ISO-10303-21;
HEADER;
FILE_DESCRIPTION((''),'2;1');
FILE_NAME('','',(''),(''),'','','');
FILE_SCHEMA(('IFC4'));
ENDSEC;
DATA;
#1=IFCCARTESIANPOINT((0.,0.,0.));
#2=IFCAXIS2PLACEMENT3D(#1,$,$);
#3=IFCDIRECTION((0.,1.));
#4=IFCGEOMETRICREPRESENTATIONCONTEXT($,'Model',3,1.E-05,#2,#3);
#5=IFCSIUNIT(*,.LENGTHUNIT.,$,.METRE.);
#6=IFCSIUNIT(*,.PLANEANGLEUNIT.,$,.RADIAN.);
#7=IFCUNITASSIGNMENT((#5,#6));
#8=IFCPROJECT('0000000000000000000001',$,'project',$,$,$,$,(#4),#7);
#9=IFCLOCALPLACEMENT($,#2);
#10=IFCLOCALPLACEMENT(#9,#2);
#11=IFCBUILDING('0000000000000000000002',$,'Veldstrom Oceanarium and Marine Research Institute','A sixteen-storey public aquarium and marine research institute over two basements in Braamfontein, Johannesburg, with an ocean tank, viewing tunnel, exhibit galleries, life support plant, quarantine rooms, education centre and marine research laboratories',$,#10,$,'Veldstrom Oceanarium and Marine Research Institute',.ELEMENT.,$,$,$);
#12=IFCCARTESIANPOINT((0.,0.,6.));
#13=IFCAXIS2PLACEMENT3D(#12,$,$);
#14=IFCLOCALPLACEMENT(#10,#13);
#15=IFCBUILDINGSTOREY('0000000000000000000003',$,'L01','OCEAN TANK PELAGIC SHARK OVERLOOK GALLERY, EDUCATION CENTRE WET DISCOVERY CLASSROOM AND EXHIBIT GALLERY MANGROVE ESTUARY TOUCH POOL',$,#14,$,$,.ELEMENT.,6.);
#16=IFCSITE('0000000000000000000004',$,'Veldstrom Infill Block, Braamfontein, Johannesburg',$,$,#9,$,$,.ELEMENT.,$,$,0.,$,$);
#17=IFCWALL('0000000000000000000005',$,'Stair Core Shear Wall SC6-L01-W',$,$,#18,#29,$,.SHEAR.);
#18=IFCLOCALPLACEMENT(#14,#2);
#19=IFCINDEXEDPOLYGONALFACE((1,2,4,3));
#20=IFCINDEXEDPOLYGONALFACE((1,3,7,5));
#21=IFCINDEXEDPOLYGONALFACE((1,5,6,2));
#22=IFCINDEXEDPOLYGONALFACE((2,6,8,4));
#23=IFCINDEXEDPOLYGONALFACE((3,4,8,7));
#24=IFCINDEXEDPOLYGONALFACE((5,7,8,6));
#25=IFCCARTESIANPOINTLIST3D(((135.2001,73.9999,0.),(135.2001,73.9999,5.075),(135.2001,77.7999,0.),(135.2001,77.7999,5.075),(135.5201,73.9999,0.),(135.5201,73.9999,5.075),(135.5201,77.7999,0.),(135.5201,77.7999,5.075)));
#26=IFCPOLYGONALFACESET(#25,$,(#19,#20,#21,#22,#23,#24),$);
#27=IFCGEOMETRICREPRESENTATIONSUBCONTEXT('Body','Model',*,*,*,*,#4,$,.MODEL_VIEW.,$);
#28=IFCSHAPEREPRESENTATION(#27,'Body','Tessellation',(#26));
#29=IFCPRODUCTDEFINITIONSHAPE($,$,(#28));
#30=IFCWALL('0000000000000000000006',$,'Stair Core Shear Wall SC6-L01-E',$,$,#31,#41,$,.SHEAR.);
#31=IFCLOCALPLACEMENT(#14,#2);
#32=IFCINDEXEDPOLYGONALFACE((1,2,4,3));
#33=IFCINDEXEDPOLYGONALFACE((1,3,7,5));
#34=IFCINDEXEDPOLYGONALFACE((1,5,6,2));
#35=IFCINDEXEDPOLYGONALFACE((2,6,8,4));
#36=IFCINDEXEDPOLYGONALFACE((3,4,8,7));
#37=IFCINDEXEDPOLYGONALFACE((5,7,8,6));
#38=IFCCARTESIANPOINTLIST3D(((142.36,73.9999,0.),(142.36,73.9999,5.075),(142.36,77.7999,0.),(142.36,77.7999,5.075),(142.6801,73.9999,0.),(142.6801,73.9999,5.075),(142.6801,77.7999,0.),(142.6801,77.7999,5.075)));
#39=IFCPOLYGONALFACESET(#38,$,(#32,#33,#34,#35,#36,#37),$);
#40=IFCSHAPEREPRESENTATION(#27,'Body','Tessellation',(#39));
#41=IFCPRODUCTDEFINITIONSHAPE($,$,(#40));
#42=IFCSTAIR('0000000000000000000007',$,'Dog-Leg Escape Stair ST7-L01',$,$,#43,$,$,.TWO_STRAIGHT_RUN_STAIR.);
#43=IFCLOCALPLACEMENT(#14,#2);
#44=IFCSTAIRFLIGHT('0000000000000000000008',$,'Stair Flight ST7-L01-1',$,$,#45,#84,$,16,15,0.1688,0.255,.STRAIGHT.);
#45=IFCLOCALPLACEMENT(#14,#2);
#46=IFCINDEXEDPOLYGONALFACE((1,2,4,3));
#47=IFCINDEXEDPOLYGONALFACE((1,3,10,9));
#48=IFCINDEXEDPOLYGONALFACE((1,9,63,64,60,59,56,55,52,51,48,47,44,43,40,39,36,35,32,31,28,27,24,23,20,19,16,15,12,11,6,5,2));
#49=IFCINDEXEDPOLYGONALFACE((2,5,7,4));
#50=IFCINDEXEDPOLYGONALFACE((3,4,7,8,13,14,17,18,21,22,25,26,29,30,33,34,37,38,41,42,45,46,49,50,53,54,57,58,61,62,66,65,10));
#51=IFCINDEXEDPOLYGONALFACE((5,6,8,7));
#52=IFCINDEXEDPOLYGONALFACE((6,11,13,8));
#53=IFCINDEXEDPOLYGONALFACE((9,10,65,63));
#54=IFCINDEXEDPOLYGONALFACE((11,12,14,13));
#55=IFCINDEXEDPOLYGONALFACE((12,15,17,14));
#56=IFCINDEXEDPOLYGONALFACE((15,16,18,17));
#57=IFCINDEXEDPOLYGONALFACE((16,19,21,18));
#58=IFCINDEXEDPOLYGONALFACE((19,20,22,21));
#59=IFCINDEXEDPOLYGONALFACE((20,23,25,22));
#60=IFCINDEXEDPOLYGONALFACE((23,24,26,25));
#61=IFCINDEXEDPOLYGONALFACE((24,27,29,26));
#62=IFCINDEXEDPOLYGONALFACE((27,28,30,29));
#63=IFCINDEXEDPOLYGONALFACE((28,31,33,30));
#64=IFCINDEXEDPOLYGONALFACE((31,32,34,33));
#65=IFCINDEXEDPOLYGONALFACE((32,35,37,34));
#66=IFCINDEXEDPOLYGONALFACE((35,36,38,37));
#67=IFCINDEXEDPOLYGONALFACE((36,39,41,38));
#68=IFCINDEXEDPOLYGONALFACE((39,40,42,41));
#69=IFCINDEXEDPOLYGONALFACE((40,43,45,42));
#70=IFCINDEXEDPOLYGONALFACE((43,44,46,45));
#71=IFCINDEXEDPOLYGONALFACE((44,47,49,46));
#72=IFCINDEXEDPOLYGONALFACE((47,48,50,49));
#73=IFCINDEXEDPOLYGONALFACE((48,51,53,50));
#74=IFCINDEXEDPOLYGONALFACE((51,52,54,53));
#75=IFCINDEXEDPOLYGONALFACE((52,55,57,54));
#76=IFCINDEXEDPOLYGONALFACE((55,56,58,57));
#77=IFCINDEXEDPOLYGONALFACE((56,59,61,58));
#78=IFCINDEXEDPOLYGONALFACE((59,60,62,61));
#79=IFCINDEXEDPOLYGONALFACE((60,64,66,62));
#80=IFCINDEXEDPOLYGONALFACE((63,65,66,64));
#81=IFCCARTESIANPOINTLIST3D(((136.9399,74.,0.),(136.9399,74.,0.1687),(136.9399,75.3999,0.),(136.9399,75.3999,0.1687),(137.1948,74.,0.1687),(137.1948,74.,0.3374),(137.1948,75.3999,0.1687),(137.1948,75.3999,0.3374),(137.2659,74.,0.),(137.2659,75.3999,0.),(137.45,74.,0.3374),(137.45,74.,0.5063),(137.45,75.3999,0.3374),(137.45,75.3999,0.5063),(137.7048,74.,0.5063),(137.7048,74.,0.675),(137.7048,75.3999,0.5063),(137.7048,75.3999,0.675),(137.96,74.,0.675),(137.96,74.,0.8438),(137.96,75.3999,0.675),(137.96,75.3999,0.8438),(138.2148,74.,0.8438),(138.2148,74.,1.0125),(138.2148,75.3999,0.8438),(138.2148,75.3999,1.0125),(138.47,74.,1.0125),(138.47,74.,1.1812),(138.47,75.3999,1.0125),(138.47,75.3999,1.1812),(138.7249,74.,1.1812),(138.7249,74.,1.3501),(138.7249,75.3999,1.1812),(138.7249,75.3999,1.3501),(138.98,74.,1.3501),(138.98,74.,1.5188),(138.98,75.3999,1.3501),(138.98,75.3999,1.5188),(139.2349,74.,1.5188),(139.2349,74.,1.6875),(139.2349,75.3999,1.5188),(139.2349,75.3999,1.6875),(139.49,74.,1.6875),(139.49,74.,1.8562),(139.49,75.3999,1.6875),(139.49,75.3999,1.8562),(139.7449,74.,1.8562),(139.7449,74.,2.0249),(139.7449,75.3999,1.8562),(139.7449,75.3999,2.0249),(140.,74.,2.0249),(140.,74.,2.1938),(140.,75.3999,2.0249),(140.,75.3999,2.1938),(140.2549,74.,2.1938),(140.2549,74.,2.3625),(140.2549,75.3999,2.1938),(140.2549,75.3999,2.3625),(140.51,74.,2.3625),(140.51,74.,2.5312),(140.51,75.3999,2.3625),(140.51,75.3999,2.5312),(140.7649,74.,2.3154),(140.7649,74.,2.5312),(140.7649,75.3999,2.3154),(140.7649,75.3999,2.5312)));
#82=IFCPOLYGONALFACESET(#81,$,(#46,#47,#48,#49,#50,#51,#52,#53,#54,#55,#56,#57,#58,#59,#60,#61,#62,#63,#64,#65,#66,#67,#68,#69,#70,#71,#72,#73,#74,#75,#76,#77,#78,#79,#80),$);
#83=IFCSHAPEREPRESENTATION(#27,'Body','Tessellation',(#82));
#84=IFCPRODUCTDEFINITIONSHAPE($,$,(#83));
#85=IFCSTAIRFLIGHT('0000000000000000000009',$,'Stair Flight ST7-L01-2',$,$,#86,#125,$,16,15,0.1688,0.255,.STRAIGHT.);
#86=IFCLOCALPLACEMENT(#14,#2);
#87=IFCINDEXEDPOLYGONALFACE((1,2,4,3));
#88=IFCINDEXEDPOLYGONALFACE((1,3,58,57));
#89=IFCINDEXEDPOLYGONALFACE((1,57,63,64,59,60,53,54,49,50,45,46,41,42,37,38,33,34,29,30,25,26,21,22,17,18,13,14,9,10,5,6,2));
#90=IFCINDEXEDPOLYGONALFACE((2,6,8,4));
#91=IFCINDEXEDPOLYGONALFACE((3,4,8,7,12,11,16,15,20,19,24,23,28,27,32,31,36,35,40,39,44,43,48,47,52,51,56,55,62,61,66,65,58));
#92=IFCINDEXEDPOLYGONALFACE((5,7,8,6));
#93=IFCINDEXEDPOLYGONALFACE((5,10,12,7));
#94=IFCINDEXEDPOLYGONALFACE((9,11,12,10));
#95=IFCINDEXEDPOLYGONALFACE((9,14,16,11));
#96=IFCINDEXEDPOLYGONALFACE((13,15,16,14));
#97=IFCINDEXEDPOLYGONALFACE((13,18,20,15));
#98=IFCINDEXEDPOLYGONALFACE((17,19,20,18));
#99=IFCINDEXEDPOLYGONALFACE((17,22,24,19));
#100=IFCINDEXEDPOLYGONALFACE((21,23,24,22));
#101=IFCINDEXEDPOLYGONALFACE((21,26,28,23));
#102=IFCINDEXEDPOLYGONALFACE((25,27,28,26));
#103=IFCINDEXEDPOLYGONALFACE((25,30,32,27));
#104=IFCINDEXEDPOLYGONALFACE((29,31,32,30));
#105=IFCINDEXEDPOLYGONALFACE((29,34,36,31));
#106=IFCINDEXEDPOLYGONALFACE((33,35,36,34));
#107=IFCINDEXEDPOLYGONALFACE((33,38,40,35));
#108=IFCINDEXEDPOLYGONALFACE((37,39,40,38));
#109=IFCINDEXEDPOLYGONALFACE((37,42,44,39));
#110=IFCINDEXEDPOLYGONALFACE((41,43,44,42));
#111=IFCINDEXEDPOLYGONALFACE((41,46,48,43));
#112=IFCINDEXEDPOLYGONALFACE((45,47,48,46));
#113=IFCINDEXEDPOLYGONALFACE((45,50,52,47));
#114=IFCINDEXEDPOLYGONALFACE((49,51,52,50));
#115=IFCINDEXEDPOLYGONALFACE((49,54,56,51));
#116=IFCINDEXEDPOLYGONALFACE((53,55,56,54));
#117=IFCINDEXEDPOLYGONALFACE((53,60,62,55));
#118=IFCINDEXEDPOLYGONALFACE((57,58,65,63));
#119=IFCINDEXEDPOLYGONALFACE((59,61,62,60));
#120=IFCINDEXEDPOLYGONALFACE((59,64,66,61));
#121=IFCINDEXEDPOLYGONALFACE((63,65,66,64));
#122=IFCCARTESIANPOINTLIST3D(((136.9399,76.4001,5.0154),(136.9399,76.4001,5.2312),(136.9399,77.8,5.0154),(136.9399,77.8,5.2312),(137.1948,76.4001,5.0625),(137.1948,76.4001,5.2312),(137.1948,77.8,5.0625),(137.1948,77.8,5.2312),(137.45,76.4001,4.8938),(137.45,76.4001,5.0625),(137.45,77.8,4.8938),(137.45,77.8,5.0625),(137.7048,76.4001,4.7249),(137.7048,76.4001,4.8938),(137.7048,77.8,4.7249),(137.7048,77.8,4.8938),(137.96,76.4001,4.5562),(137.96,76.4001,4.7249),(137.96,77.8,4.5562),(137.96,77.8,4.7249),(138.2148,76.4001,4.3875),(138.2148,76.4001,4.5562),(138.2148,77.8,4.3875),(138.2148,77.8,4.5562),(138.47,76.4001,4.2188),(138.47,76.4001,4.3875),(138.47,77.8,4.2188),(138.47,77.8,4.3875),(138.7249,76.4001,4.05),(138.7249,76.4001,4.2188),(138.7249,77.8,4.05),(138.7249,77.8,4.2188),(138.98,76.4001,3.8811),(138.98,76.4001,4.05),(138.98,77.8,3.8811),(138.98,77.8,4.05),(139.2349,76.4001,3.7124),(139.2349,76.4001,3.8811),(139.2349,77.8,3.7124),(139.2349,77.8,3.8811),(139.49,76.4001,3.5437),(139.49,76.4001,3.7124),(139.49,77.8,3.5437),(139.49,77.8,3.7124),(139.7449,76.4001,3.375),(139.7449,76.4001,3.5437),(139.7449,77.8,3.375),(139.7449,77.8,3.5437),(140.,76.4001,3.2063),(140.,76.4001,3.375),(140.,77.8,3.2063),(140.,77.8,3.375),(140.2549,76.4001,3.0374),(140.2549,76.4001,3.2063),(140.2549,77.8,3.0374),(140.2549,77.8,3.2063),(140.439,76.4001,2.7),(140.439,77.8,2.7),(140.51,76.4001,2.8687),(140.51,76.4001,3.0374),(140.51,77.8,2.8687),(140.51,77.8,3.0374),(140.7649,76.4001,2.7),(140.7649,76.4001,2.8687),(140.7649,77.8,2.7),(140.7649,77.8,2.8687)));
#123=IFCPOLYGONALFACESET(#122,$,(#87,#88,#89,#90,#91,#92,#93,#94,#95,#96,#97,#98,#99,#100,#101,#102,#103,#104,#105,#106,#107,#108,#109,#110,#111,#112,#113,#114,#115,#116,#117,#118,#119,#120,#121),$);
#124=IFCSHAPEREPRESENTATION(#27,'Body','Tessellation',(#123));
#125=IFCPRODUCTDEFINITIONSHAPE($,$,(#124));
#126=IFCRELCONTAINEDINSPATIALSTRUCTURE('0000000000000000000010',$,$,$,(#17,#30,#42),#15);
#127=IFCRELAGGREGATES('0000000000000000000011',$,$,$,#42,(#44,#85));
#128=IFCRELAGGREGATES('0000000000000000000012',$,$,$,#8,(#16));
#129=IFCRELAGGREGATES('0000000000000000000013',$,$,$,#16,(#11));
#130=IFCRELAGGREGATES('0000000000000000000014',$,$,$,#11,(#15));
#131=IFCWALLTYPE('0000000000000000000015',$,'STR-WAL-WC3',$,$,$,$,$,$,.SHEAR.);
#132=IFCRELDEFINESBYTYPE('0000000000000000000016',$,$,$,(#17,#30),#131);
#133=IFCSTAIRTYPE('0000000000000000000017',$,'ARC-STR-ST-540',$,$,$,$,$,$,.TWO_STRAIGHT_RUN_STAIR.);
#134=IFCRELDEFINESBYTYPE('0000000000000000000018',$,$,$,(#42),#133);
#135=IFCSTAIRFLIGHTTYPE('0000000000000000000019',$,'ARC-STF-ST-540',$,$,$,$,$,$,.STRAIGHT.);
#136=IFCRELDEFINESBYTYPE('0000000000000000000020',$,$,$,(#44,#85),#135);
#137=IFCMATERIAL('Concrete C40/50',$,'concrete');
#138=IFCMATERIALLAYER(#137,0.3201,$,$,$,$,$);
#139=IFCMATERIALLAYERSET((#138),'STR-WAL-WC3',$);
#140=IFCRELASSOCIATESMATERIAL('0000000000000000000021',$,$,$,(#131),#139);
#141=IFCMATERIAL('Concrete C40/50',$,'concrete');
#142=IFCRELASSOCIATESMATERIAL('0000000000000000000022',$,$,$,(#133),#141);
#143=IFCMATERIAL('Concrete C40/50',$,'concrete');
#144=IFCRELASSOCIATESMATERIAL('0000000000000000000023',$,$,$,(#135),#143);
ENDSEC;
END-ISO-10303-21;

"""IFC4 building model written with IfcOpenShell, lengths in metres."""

from ifc_helpers import new_model, si_unit, direction, frame, frame_2d, origin, place, context, subcontext, project, spatial, polyline, rectangle, outline, extrude, material, layer, layer_set, type_object, element, aggregate, save


model = new_model("IFC4")

# Units and contexts
model_context = context("Model", 3, precision=1e-05, world=origin(), true_north=direction((0.0, 1.0)))
body_context = subcontext(model_context, "Body", "Model", "MODEL_VIEW")
ifc_project = project(units=[si_unit("LENGTHUNIT", "METRE"), si_unit("PLANEANGLEUNIT", "RADIAN")], contexts=[model_context])

# Site, building, storey
site_placement = place(None, origin())
site = spatial("IfcSite", under=ifc_project, at=site_placement, Name="Veldstrom Infill Block, Braamfontein, Johannesburg", CompositionType="ELEMENT", RefElevation=0.0)
building_placement = place(site_placement, origin())
building = spatial("IfcBuilding", under=site, at=building_placement, Name="Veldstrom Oceanarium and Marine Research Institute", Description="A sixteen-storey public aquarium and marine research institute over two basements in Braamfontein, Johannesburg, with an ocean tank, viewing tunnel, exhibit galleries, life support plant, quarantine rooms, education centre and marine research laboratories", LongName="Veldstrom Oceanarium and Marine Research Institute", CompositionType="ELEMENT")
storey_placement = place(building_placement, frame((0.0, 0.0, 6.0)))
storey = spatial("IfcBuildingStorey", under=building, at=storey_placement, Name="L01", Description="OCEAN TANK PELAGIC SHARK OVERLOOK GALLERY, EDUCATION CENTRE WET DISCOVERY CLASSROOM AND EXHIBIT GALLERY MANGROVE ESTUARY TOUCH POOL", CompositionType="ELEMENT", Elevation=6.0)

# Walls
ifc_material_1 = material(Name="Concrete C40/50", Category="concrete")
ifc_layer_1 = layer(ifc_material_1, 0.3201)
ifc_layer_set_1 = layer_set([ifc_layer_1], Name="STR-WAL-WC3")
wall_type_1 = type_object("IfcWallType", Name="STR-WAL-WC3", PredefinedType="SHEAR", material=ifc_layer_set_1)
for number, where, z_axis, x_axis, name in (
    (1, (135.3601, 74.0, 0.0), (0.0, 0.0, 1.0), (0.0, 1.0, 0.0), "Stair Core Shear Wall SC6-L01-W"),
    (2, (142.52, 74.0, 0.0), (0.0, 0.0, 1.0), (0.0, 1.0, 0.0), "Stair Core Shear Wall SC6-L01-E"),
):
    element("IfcWall", number, at=place(storey_placement, frame(where, z_axis=z_axis, x_axis=x_axis)), inside=storey, type_object=wall_type_1, Name=name, PredefinedType="SHEAR", context=body_context, shape_type="SweptSolid", body=[
        extrude(rectangle(XDim=3.8, YDim=0.3201, at=frame_2d((1.8999, 0.0))), origin(), (0.0, 0.0, 1.0), 5.075),
    ])

# Stair, stair flights
ifc_material_2 = material(Name="Concrete C40/50", Category="concrete")
stair_type = type_object("IfcStairType", Name="ARC-STR-ST-540", PredefinedType="TWO_STRAIGHT_RUN_STAIR", material=ifc_material_2)
stair_placement = place(storey_placement, origin())
stair = element("IfcStair", 3, at=stair_placement, inside=storey, type_object=stair_type, Name="Dog-Leg Escape Stair ST7-L01", PredefinedType="TWO_STRAIGHT_RUN_STAIR")
ifc_material_3 = material(Name="Concrete C40/50", Category="concrete")
stair_flight_type = type_object("IfcStairFlightType", Name="ARC-STF-ST-540", PredefinedType="STRAIGHT", material=ifc_material_3)
stair_flight_1_placement = place(storey_placement, frame((136.9399, 74.7, 0.0), z_axis=(0.0, 0.0, 1.0), x_axis=(1.0, 0.0, 0.0)))
stair_flight_1 = element("IfcStairFlight", 4, at=stair_flight_1_placement, type_object=stair_flight_type, Name="Stair Flight ST7-L01-1", NumberOfRisers=16, NumberOfTreads=15, PredefinedType="STRAIGHT", RiserHeight=0.1688, TreadLength=0.255, context=body_context, shape_type="SweptSolid", body=[
    extrude(outline(polyline([(0.0, 0.0), (0.0, 0.1687), (0.2549, 0.1687), (0.2549, 0.3374), (0.51, 0.3374), (0.51, 0.5063), (0.7649, 0.5063), (0.7649, 0.675), (1.02, 0.675), (1.02, 0.8438), (1.2749, 0.8438), (1.2749, 1.0125), (1.53, 1.0125), (1.53, 1.1812), (1.7849, 1.1812), (1.7849, 1.3501), (2.04, 1.3501), (2.04, 1.5188), (2.2949, 1.5188), (2.2949, 1.6875), (2.55, 1.6875), (2.55, 1.8562), (2.8049, 1.8562), (2.8049, 2.0249), (3.0601, 2.0249), (3.0601, 2.1938), (3.3149, 2.1938), (3.3149, 2.3625), (3.5701, 2.3625), (3.5701, 2.5312), (3.825, 2.5312), (3.825, 2.7), (3.825, 2.3154), (0.3259, 0.0), (0.0, 0.0)])), frame((0.0, 0.7, 0.0), z_axis=(0.0, -1.0, 0.0), x_axis=(1.0, 0.0, 0.0)), (0.0, 0.0, 1.0), 1.3999),
])
stair_flight_2_placement = place(storey_placement, frame((140.7649, 77.1001, 2.7), z_axis=(0.0, 0.0, 1.0), x_axis=(-1.0, 0.0, 0.0)))
stair_flight_2 = element("IfcStairFlight", 5, at=stair_flight_2_placement, type_object=stair_flight_type, Name="Stair Flight ST7-L01-2", NumberOfRisers=16, NumberOfTreads=15, PredefinedType="STRAIGHT", RiserHeight=0.1688, TreadLength=0.255, context=body_context, shape_type="SweptSolid", body=[
    extrude(outline(polyline([(0.0, 0.0), (0.0, 0.1687), (0.2549, 0.1687), (0.2549, 0.3374), (0.51, 0.3374), (0.51, 0.5063), (0.7649, 0.5063), (0.7649, 0.675), (1.02, 0.675), (1.02, 0.8438), (1.2749, 0.8438), (1.2749, 1.0125), (1.53, 1.0125), (1.53, 1.1812), (1.7849, 1.1812), (1.7849, 1.3501), (2.04, 1.3501), (2.04, 1.5188), (2.2949, 1.5188), (2.2949, 1.6875), (2.55, 1.6875), (2.55, 1.8562), (2.8049, 1.8562), (2.8049, 2.0249), (3.0601, 2.0249), (3.0601, 2.1938), (3.3149, 2.1938), (3.3149, 2.3625), (3.5701, 2.3625), (3.5701, 2.5312), (3.825, 2.5312), (3.825, 2.7), (3.825, 2.3154), (0.3259, 0.0), (0.0, 0.0)])), frame((0.0, 0.7, 0.0), z_axis=(0.0, -1.0, 0.0), x_axis=(1.0, 0.0, 0.0)), (0.0, 0.0, 1.0), 1.3999),
])
aggregate(stair, [stair_flight_1, stair_flight_2])

save(model, "model.ifc")
